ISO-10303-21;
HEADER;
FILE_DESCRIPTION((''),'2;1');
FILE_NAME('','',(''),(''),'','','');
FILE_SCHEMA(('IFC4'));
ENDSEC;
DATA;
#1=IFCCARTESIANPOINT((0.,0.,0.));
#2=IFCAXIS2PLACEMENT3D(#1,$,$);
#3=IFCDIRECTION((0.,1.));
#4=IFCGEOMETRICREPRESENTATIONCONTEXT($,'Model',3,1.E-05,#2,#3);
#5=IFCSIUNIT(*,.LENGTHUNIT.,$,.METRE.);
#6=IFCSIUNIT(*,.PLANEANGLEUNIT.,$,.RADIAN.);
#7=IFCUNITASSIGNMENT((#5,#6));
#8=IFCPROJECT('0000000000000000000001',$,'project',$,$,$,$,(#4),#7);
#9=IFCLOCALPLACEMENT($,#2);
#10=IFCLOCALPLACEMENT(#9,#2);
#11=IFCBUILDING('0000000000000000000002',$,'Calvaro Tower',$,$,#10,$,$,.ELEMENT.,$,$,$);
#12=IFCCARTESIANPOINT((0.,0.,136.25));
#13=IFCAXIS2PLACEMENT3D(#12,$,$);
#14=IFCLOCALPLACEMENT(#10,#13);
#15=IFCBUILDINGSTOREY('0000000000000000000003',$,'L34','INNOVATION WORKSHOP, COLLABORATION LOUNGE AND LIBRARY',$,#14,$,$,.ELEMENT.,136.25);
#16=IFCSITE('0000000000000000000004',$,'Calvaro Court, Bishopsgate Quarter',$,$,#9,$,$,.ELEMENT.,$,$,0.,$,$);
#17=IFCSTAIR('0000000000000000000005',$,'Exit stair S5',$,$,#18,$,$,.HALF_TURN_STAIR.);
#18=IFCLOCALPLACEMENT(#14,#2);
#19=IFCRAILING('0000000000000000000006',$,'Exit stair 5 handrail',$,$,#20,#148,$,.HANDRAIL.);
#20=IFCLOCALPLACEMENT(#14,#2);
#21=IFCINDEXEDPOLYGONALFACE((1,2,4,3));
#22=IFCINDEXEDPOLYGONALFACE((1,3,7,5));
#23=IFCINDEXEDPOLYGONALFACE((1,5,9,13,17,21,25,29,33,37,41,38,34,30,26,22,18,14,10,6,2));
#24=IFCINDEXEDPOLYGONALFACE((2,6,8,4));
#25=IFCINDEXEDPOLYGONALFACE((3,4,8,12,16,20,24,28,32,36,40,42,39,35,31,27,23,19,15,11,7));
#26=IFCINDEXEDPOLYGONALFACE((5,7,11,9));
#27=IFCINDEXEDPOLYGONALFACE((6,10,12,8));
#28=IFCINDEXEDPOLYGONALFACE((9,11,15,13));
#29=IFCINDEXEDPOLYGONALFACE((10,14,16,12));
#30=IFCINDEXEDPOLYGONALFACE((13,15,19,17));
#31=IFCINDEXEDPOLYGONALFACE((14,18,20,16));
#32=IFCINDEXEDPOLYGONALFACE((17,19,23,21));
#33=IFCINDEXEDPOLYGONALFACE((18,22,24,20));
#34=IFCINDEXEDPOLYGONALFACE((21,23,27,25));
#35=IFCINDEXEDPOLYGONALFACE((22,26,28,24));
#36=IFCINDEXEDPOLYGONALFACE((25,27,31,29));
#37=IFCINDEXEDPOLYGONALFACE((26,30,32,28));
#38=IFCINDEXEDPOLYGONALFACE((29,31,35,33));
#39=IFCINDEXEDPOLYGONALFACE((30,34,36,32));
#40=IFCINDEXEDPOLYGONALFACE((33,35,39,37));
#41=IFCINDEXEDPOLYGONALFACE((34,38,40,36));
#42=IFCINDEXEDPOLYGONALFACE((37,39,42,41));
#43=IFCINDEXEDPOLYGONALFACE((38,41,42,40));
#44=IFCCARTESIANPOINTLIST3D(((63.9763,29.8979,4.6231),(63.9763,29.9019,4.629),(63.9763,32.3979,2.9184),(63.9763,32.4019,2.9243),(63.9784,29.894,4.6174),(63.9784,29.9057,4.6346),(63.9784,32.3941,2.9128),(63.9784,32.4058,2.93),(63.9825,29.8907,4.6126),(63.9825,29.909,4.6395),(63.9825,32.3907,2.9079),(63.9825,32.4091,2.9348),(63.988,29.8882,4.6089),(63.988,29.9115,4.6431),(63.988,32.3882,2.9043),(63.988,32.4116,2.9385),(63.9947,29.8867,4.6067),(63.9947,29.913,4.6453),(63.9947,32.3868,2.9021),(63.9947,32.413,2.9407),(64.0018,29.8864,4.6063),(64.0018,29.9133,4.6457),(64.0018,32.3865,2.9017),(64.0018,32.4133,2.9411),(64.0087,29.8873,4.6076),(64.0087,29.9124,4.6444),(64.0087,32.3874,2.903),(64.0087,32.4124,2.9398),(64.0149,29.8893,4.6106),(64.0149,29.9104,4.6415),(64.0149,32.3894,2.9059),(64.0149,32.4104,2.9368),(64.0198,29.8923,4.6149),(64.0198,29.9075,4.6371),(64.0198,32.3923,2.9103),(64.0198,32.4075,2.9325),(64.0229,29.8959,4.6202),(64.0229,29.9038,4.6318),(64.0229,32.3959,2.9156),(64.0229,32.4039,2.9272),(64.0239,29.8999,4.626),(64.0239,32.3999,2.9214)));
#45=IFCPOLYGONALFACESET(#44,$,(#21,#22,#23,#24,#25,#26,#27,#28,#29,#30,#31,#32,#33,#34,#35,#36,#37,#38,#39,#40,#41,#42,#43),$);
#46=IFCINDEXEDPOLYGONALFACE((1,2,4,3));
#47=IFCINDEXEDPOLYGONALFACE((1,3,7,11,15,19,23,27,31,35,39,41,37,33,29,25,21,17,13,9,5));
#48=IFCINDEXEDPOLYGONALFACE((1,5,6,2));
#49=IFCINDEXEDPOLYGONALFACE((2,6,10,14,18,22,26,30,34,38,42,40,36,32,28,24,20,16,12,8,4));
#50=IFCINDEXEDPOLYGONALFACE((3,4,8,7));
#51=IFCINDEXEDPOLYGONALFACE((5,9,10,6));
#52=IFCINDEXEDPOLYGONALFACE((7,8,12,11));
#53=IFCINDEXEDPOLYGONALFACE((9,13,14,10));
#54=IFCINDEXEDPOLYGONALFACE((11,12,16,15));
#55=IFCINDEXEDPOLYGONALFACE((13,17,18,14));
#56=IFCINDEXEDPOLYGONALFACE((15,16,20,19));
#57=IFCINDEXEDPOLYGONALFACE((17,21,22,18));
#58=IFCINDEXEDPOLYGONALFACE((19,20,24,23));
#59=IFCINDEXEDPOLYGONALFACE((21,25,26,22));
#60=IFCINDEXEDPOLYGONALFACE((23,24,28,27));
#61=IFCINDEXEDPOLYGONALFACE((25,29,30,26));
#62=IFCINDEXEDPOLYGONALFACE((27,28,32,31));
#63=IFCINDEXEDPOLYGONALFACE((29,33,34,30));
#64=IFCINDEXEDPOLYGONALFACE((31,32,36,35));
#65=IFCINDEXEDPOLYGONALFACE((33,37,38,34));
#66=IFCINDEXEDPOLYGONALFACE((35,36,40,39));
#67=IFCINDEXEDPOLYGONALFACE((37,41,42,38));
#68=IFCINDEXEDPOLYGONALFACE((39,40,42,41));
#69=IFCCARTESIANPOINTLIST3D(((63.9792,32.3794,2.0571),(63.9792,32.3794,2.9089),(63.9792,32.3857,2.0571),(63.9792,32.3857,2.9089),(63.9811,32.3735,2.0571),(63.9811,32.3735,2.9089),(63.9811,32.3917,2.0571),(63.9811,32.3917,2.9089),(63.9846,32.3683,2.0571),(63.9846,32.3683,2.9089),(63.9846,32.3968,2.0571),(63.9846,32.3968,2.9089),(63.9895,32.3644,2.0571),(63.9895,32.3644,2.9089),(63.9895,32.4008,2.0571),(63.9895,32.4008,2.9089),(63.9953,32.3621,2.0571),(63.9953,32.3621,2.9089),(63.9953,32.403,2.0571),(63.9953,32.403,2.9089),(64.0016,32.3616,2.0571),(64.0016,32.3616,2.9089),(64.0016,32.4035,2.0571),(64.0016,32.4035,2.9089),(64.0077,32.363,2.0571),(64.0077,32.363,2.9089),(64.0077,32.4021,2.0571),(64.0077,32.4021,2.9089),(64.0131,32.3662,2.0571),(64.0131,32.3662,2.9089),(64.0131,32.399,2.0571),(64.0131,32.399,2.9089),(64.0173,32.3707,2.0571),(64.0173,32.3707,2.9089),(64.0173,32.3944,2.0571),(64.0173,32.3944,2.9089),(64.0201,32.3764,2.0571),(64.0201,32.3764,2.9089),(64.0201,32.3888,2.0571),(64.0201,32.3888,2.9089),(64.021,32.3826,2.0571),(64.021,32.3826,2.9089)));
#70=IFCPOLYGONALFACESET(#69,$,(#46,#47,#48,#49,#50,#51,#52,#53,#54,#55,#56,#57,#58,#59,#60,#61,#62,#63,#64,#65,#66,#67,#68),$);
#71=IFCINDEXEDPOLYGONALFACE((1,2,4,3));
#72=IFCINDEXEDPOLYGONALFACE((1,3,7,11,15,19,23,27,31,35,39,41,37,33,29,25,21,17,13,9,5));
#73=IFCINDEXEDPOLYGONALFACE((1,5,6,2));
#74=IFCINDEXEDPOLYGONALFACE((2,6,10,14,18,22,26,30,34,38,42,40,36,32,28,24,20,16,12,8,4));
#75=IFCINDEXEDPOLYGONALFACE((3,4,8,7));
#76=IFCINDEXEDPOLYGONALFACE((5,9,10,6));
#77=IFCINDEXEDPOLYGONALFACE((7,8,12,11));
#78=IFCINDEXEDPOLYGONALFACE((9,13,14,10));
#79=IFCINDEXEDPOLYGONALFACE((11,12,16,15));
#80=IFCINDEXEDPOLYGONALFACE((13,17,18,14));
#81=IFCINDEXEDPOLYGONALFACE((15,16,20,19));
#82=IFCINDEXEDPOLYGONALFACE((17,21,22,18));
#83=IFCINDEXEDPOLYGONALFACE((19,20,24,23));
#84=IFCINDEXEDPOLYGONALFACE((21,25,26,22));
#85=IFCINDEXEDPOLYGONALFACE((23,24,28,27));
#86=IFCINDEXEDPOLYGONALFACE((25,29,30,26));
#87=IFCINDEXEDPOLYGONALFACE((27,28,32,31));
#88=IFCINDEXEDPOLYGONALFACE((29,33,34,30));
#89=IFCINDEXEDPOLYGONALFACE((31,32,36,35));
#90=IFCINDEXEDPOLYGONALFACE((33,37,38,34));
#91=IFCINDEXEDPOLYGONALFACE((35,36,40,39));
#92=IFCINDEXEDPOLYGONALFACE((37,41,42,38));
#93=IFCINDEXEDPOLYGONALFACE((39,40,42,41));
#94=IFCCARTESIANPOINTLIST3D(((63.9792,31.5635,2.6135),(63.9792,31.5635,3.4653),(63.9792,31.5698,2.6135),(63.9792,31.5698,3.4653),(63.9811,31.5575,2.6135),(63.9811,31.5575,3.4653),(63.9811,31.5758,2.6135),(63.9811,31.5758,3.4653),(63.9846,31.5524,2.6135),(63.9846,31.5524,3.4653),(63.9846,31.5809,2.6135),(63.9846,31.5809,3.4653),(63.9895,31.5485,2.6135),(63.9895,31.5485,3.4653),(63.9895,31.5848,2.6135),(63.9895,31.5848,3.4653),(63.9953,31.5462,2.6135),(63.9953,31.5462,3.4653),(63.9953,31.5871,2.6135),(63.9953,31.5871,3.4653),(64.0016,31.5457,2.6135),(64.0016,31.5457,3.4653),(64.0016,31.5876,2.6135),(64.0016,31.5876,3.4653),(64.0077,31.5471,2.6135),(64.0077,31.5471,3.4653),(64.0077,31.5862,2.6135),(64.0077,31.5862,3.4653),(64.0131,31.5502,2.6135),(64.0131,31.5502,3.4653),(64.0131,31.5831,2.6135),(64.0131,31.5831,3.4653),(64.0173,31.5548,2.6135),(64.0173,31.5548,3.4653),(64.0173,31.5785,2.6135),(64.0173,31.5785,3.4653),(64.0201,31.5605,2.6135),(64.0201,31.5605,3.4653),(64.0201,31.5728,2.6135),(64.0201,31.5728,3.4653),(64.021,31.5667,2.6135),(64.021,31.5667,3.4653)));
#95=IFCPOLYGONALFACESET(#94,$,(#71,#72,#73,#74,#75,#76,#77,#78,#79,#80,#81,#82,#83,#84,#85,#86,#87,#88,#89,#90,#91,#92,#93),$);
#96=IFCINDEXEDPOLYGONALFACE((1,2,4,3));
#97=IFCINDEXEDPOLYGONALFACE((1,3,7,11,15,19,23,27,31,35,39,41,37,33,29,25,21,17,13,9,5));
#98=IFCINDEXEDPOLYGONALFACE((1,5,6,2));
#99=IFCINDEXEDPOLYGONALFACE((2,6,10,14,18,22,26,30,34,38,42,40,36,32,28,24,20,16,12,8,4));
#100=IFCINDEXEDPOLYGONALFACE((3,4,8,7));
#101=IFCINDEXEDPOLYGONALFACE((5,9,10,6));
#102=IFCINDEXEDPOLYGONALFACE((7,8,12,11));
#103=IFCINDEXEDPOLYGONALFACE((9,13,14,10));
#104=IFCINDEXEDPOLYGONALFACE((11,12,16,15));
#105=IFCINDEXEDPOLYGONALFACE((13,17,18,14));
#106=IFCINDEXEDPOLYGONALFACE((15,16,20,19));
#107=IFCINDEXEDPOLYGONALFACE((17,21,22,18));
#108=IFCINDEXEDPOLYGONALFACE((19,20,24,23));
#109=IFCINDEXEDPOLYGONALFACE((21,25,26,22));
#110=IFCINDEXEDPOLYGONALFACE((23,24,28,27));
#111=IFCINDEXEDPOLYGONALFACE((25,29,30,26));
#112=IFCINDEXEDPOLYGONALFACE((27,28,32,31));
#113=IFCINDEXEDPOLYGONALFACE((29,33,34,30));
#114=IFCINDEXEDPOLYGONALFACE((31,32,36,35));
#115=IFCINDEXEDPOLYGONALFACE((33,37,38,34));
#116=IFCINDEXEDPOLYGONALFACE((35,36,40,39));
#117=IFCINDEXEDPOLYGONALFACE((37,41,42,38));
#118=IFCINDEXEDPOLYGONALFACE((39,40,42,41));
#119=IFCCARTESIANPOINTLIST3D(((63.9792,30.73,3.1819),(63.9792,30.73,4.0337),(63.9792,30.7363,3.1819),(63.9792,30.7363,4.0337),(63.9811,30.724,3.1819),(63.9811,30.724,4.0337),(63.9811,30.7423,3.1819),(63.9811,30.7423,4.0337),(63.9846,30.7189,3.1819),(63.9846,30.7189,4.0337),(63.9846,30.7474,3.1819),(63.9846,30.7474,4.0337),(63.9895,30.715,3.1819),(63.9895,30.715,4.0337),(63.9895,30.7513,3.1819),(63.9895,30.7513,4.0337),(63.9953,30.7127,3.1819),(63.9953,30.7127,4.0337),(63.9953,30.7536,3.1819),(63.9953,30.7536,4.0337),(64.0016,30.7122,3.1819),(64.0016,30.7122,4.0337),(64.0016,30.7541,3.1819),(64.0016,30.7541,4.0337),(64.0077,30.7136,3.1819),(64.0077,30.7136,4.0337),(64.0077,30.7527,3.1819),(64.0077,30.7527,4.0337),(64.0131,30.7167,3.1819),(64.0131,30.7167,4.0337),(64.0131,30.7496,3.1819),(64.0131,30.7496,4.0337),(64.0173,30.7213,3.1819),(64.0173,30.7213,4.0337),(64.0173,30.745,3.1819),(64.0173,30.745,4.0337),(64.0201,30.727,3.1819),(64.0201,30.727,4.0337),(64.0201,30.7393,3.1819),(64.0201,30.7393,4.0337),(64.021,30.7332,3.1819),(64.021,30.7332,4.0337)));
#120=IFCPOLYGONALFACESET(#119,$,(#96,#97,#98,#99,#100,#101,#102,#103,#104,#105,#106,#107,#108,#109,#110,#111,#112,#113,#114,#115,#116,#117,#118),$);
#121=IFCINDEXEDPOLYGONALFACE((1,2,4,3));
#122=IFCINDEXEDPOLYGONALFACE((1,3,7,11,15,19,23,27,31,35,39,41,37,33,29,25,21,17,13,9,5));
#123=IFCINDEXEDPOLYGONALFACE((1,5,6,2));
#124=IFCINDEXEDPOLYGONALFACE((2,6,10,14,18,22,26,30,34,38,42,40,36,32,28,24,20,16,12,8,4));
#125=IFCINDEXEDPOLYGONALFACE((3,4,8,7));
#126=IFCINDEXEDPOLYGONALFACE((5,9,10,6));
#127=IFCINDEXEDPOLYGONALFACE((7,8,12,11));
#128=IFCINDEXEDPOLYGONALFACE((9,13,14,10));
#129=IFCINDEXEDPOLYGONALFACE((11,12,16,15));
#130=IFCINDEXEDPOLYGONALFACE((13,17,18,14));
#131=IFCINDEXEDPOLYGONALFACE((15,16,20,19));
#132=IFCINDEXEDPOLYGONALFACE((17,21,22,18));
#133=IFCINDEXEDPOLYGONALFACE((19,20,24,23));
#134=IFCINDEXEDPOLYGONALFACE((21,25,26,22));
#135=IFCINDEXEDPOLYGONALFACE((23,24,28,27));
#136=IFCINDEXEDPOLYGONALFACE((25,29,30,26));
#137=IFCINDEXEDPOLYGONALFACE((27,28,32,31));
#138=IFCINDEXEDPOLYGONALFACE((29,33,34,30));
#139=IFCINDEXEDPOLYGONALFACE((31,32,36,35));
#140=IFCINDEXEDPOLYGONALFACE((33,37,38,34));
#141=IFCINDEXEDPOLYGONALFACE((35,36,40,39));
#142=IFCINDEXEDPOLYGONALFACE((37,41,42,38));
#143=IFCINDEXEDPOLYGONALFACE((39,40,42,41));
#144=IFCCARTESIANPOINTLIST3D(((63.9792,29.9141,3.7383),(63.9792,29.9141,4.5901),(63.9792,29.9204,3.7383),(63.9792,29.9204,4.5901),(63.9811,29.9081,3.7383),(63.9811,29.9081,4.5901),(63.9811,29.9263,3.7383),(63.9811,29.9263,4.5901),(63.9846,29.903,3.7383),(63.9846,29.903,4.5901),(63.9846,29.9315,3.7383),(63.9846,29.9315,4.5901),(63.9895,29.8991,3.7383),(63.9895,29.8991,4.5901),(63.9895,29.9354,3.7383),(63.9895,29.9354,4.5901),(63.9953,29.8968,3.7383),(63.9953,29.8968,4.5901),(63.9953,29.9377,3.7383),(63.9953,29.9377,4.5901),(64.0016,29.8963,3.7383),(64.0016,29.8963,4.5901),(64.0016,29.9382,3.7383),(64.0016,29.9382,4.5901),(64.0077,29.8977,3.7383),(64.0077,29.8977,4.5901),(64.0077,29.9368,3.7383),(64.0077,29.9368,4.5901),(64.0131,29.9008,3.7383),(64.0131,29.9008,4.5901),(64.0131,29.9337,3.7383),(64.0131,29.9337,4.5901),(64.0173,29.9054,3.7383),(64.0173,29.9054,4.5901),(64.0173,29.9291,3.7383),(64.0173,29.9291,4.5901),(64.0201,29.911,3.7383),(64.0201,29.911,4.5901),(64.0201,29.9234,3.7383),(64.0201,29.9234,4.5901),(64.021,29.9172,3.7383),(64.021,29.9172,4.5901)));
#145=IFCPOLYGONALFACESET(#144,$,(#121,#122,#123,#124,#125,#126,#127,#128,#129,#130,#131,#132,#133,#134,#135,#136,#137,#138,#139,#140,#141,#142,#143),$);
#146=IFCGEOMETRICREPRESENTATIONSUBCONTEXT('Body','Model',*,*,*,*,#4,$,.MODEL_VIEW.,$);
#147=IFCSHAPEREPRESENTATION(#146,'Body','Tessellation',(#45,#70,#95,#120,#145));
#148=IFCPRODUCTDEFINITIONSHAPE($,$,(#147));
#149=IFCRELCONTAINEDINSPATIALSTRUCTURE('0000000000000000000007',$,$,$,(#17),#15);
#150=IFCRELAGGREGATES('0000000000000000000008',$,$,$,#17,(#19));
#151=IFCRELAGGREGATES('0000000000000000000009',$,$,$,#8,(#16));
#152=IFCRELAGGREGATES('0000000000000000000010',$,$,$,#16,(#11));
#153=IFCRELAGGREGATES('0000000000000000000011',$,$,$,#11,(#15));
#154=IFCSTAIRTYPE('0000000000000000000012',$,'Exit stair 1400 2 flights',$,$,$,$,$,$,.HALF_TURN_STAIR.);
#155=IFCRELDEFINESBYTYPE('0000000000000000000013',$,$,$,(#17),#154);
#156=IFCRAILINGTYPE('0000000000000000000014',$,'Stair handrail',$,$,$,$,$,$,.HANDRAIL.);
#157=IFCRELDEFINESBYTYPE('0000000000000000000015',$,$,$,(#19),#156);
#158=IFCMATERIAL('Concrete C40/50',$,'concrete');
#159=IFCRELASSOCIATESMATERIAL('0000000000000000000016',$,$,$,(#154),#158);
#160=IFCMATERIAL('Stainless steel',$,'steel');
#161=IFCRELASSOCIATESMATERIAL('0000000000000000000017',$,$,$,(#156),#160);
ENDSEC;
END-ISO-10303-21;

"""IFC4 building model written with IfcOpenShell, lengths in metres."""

from ifc_helpers import new_model, si_unit, direction, frame, origin, origin_2d, place, context, subcontext, project, spatial, circle, extrude, material, type_object, element, aggregate, save


model = new_model("IFC4")

# Units and contexts
model_context = context("Model", 3, precision=1e-05, world=origin(), true_north=direction((0.0, 1.0)))
body_context = subcontext(model_context, "Body", "Model", "MODEL_VIEW")
ifc_project = project(units=[si_unit("LENGTHUNIT", "METRE"), si_unit("PLANEANGLEUNIT", "RADIAN")], contexts=[model_context])

# Site, building, storey
site_placement = place(None, origin())
site = spatial("IfcSite", under=ifc_project, at=site_placement, Name="Calvaro Court, Bishopsgate Quarter", CompositionType="ELEMENT", RefElevation=0.0)
building_placement = place(site_placement, origin())
building = spatial("IfcBuilding", under=site, at=building_placement, Name="Calvaro Tower", CompositionType="ELEMENT")
storey_placement = place(building_placement, frame((0.0, 0.0, 136.25)))
storey = spatial("IfcBuildingStorey", under=building, at=storey_placement, Name="L34", Description="INNOVATION WORKSHOP, COLLABORATION LOUNGE AND LIBRARY", CompositionType="ELEMENT", Elevation=136.25)

# Stair
ifc_material_1 = material(Name="Concrete C40/50", Category="concrete")
stair_type = type_object("IfcStairType", Name="Exit stair 1400 2 flights", PredefinedType="HALF_TURN_STAIR", material=ifc_material_1)
stair_1_placement = place(storey_placement, origin())
stair_1 = element("IfcStair", 1, at=stair_1_placement, inside=storey, type_object=stair_type, Name="Exit stair S5", PredefinedType="HALF_TURN_STAIR")

# Shared definitions
ifc_material_2 = material(Name="Stainless steel", Category="steel")
railing_type = type_object("IfcRailingType", Name="Stair handrail", PredefinedType="HANDRAIL", material=ifc_material_2)

# Railing
railing_1_placement = place(storey_placement, frame((64.0, 32.3999, 2.0454)))
railing_1 = element("IfcRailing", 2, at=railing_1_placement, type_object=railing_type, Name="Exit stair 5 handrail", PredefinedType="HANDRAIL", context=body_context, shape_type="SweptSolid", body=[
    extrude(circle(Radius=0.0239, at=origin_2d()), frame((0.0, 0.0, 0.876), z_axis=(0.0, -0.826221, 0.563347), x_axis=(1.0, 0.0, 0.0)), (0.0, 0.0, 1.0), 3.0259),
    extrude(circle(Radius=0.021, at=origin_2d()), frame((0.0, -0.0173, 0.0117)), (0.0, 0.0, 1.0), 0.8518),
    extrude(circle(Radius=0.021, at=origin_2d()), frame((0.0, -0.8333, 0.5681)), (0.0, 0.0, 1.0), 0.8518),
    extrude(circle(Radius=0.021, at=origin_2d()), frame((0.0, -1.6667, 1.1365)), (0.0, 0.0, 1.0), 0.8518),
    extrude(circle(Radius=0.021, at=origin_2d()), frame((0.0, -2.4827, 1.6929)), (0.0, 0.0, 1.0), 0.8518),
])
aggregate(stair_1, [railing_1])

save(model, "model.ifc")
